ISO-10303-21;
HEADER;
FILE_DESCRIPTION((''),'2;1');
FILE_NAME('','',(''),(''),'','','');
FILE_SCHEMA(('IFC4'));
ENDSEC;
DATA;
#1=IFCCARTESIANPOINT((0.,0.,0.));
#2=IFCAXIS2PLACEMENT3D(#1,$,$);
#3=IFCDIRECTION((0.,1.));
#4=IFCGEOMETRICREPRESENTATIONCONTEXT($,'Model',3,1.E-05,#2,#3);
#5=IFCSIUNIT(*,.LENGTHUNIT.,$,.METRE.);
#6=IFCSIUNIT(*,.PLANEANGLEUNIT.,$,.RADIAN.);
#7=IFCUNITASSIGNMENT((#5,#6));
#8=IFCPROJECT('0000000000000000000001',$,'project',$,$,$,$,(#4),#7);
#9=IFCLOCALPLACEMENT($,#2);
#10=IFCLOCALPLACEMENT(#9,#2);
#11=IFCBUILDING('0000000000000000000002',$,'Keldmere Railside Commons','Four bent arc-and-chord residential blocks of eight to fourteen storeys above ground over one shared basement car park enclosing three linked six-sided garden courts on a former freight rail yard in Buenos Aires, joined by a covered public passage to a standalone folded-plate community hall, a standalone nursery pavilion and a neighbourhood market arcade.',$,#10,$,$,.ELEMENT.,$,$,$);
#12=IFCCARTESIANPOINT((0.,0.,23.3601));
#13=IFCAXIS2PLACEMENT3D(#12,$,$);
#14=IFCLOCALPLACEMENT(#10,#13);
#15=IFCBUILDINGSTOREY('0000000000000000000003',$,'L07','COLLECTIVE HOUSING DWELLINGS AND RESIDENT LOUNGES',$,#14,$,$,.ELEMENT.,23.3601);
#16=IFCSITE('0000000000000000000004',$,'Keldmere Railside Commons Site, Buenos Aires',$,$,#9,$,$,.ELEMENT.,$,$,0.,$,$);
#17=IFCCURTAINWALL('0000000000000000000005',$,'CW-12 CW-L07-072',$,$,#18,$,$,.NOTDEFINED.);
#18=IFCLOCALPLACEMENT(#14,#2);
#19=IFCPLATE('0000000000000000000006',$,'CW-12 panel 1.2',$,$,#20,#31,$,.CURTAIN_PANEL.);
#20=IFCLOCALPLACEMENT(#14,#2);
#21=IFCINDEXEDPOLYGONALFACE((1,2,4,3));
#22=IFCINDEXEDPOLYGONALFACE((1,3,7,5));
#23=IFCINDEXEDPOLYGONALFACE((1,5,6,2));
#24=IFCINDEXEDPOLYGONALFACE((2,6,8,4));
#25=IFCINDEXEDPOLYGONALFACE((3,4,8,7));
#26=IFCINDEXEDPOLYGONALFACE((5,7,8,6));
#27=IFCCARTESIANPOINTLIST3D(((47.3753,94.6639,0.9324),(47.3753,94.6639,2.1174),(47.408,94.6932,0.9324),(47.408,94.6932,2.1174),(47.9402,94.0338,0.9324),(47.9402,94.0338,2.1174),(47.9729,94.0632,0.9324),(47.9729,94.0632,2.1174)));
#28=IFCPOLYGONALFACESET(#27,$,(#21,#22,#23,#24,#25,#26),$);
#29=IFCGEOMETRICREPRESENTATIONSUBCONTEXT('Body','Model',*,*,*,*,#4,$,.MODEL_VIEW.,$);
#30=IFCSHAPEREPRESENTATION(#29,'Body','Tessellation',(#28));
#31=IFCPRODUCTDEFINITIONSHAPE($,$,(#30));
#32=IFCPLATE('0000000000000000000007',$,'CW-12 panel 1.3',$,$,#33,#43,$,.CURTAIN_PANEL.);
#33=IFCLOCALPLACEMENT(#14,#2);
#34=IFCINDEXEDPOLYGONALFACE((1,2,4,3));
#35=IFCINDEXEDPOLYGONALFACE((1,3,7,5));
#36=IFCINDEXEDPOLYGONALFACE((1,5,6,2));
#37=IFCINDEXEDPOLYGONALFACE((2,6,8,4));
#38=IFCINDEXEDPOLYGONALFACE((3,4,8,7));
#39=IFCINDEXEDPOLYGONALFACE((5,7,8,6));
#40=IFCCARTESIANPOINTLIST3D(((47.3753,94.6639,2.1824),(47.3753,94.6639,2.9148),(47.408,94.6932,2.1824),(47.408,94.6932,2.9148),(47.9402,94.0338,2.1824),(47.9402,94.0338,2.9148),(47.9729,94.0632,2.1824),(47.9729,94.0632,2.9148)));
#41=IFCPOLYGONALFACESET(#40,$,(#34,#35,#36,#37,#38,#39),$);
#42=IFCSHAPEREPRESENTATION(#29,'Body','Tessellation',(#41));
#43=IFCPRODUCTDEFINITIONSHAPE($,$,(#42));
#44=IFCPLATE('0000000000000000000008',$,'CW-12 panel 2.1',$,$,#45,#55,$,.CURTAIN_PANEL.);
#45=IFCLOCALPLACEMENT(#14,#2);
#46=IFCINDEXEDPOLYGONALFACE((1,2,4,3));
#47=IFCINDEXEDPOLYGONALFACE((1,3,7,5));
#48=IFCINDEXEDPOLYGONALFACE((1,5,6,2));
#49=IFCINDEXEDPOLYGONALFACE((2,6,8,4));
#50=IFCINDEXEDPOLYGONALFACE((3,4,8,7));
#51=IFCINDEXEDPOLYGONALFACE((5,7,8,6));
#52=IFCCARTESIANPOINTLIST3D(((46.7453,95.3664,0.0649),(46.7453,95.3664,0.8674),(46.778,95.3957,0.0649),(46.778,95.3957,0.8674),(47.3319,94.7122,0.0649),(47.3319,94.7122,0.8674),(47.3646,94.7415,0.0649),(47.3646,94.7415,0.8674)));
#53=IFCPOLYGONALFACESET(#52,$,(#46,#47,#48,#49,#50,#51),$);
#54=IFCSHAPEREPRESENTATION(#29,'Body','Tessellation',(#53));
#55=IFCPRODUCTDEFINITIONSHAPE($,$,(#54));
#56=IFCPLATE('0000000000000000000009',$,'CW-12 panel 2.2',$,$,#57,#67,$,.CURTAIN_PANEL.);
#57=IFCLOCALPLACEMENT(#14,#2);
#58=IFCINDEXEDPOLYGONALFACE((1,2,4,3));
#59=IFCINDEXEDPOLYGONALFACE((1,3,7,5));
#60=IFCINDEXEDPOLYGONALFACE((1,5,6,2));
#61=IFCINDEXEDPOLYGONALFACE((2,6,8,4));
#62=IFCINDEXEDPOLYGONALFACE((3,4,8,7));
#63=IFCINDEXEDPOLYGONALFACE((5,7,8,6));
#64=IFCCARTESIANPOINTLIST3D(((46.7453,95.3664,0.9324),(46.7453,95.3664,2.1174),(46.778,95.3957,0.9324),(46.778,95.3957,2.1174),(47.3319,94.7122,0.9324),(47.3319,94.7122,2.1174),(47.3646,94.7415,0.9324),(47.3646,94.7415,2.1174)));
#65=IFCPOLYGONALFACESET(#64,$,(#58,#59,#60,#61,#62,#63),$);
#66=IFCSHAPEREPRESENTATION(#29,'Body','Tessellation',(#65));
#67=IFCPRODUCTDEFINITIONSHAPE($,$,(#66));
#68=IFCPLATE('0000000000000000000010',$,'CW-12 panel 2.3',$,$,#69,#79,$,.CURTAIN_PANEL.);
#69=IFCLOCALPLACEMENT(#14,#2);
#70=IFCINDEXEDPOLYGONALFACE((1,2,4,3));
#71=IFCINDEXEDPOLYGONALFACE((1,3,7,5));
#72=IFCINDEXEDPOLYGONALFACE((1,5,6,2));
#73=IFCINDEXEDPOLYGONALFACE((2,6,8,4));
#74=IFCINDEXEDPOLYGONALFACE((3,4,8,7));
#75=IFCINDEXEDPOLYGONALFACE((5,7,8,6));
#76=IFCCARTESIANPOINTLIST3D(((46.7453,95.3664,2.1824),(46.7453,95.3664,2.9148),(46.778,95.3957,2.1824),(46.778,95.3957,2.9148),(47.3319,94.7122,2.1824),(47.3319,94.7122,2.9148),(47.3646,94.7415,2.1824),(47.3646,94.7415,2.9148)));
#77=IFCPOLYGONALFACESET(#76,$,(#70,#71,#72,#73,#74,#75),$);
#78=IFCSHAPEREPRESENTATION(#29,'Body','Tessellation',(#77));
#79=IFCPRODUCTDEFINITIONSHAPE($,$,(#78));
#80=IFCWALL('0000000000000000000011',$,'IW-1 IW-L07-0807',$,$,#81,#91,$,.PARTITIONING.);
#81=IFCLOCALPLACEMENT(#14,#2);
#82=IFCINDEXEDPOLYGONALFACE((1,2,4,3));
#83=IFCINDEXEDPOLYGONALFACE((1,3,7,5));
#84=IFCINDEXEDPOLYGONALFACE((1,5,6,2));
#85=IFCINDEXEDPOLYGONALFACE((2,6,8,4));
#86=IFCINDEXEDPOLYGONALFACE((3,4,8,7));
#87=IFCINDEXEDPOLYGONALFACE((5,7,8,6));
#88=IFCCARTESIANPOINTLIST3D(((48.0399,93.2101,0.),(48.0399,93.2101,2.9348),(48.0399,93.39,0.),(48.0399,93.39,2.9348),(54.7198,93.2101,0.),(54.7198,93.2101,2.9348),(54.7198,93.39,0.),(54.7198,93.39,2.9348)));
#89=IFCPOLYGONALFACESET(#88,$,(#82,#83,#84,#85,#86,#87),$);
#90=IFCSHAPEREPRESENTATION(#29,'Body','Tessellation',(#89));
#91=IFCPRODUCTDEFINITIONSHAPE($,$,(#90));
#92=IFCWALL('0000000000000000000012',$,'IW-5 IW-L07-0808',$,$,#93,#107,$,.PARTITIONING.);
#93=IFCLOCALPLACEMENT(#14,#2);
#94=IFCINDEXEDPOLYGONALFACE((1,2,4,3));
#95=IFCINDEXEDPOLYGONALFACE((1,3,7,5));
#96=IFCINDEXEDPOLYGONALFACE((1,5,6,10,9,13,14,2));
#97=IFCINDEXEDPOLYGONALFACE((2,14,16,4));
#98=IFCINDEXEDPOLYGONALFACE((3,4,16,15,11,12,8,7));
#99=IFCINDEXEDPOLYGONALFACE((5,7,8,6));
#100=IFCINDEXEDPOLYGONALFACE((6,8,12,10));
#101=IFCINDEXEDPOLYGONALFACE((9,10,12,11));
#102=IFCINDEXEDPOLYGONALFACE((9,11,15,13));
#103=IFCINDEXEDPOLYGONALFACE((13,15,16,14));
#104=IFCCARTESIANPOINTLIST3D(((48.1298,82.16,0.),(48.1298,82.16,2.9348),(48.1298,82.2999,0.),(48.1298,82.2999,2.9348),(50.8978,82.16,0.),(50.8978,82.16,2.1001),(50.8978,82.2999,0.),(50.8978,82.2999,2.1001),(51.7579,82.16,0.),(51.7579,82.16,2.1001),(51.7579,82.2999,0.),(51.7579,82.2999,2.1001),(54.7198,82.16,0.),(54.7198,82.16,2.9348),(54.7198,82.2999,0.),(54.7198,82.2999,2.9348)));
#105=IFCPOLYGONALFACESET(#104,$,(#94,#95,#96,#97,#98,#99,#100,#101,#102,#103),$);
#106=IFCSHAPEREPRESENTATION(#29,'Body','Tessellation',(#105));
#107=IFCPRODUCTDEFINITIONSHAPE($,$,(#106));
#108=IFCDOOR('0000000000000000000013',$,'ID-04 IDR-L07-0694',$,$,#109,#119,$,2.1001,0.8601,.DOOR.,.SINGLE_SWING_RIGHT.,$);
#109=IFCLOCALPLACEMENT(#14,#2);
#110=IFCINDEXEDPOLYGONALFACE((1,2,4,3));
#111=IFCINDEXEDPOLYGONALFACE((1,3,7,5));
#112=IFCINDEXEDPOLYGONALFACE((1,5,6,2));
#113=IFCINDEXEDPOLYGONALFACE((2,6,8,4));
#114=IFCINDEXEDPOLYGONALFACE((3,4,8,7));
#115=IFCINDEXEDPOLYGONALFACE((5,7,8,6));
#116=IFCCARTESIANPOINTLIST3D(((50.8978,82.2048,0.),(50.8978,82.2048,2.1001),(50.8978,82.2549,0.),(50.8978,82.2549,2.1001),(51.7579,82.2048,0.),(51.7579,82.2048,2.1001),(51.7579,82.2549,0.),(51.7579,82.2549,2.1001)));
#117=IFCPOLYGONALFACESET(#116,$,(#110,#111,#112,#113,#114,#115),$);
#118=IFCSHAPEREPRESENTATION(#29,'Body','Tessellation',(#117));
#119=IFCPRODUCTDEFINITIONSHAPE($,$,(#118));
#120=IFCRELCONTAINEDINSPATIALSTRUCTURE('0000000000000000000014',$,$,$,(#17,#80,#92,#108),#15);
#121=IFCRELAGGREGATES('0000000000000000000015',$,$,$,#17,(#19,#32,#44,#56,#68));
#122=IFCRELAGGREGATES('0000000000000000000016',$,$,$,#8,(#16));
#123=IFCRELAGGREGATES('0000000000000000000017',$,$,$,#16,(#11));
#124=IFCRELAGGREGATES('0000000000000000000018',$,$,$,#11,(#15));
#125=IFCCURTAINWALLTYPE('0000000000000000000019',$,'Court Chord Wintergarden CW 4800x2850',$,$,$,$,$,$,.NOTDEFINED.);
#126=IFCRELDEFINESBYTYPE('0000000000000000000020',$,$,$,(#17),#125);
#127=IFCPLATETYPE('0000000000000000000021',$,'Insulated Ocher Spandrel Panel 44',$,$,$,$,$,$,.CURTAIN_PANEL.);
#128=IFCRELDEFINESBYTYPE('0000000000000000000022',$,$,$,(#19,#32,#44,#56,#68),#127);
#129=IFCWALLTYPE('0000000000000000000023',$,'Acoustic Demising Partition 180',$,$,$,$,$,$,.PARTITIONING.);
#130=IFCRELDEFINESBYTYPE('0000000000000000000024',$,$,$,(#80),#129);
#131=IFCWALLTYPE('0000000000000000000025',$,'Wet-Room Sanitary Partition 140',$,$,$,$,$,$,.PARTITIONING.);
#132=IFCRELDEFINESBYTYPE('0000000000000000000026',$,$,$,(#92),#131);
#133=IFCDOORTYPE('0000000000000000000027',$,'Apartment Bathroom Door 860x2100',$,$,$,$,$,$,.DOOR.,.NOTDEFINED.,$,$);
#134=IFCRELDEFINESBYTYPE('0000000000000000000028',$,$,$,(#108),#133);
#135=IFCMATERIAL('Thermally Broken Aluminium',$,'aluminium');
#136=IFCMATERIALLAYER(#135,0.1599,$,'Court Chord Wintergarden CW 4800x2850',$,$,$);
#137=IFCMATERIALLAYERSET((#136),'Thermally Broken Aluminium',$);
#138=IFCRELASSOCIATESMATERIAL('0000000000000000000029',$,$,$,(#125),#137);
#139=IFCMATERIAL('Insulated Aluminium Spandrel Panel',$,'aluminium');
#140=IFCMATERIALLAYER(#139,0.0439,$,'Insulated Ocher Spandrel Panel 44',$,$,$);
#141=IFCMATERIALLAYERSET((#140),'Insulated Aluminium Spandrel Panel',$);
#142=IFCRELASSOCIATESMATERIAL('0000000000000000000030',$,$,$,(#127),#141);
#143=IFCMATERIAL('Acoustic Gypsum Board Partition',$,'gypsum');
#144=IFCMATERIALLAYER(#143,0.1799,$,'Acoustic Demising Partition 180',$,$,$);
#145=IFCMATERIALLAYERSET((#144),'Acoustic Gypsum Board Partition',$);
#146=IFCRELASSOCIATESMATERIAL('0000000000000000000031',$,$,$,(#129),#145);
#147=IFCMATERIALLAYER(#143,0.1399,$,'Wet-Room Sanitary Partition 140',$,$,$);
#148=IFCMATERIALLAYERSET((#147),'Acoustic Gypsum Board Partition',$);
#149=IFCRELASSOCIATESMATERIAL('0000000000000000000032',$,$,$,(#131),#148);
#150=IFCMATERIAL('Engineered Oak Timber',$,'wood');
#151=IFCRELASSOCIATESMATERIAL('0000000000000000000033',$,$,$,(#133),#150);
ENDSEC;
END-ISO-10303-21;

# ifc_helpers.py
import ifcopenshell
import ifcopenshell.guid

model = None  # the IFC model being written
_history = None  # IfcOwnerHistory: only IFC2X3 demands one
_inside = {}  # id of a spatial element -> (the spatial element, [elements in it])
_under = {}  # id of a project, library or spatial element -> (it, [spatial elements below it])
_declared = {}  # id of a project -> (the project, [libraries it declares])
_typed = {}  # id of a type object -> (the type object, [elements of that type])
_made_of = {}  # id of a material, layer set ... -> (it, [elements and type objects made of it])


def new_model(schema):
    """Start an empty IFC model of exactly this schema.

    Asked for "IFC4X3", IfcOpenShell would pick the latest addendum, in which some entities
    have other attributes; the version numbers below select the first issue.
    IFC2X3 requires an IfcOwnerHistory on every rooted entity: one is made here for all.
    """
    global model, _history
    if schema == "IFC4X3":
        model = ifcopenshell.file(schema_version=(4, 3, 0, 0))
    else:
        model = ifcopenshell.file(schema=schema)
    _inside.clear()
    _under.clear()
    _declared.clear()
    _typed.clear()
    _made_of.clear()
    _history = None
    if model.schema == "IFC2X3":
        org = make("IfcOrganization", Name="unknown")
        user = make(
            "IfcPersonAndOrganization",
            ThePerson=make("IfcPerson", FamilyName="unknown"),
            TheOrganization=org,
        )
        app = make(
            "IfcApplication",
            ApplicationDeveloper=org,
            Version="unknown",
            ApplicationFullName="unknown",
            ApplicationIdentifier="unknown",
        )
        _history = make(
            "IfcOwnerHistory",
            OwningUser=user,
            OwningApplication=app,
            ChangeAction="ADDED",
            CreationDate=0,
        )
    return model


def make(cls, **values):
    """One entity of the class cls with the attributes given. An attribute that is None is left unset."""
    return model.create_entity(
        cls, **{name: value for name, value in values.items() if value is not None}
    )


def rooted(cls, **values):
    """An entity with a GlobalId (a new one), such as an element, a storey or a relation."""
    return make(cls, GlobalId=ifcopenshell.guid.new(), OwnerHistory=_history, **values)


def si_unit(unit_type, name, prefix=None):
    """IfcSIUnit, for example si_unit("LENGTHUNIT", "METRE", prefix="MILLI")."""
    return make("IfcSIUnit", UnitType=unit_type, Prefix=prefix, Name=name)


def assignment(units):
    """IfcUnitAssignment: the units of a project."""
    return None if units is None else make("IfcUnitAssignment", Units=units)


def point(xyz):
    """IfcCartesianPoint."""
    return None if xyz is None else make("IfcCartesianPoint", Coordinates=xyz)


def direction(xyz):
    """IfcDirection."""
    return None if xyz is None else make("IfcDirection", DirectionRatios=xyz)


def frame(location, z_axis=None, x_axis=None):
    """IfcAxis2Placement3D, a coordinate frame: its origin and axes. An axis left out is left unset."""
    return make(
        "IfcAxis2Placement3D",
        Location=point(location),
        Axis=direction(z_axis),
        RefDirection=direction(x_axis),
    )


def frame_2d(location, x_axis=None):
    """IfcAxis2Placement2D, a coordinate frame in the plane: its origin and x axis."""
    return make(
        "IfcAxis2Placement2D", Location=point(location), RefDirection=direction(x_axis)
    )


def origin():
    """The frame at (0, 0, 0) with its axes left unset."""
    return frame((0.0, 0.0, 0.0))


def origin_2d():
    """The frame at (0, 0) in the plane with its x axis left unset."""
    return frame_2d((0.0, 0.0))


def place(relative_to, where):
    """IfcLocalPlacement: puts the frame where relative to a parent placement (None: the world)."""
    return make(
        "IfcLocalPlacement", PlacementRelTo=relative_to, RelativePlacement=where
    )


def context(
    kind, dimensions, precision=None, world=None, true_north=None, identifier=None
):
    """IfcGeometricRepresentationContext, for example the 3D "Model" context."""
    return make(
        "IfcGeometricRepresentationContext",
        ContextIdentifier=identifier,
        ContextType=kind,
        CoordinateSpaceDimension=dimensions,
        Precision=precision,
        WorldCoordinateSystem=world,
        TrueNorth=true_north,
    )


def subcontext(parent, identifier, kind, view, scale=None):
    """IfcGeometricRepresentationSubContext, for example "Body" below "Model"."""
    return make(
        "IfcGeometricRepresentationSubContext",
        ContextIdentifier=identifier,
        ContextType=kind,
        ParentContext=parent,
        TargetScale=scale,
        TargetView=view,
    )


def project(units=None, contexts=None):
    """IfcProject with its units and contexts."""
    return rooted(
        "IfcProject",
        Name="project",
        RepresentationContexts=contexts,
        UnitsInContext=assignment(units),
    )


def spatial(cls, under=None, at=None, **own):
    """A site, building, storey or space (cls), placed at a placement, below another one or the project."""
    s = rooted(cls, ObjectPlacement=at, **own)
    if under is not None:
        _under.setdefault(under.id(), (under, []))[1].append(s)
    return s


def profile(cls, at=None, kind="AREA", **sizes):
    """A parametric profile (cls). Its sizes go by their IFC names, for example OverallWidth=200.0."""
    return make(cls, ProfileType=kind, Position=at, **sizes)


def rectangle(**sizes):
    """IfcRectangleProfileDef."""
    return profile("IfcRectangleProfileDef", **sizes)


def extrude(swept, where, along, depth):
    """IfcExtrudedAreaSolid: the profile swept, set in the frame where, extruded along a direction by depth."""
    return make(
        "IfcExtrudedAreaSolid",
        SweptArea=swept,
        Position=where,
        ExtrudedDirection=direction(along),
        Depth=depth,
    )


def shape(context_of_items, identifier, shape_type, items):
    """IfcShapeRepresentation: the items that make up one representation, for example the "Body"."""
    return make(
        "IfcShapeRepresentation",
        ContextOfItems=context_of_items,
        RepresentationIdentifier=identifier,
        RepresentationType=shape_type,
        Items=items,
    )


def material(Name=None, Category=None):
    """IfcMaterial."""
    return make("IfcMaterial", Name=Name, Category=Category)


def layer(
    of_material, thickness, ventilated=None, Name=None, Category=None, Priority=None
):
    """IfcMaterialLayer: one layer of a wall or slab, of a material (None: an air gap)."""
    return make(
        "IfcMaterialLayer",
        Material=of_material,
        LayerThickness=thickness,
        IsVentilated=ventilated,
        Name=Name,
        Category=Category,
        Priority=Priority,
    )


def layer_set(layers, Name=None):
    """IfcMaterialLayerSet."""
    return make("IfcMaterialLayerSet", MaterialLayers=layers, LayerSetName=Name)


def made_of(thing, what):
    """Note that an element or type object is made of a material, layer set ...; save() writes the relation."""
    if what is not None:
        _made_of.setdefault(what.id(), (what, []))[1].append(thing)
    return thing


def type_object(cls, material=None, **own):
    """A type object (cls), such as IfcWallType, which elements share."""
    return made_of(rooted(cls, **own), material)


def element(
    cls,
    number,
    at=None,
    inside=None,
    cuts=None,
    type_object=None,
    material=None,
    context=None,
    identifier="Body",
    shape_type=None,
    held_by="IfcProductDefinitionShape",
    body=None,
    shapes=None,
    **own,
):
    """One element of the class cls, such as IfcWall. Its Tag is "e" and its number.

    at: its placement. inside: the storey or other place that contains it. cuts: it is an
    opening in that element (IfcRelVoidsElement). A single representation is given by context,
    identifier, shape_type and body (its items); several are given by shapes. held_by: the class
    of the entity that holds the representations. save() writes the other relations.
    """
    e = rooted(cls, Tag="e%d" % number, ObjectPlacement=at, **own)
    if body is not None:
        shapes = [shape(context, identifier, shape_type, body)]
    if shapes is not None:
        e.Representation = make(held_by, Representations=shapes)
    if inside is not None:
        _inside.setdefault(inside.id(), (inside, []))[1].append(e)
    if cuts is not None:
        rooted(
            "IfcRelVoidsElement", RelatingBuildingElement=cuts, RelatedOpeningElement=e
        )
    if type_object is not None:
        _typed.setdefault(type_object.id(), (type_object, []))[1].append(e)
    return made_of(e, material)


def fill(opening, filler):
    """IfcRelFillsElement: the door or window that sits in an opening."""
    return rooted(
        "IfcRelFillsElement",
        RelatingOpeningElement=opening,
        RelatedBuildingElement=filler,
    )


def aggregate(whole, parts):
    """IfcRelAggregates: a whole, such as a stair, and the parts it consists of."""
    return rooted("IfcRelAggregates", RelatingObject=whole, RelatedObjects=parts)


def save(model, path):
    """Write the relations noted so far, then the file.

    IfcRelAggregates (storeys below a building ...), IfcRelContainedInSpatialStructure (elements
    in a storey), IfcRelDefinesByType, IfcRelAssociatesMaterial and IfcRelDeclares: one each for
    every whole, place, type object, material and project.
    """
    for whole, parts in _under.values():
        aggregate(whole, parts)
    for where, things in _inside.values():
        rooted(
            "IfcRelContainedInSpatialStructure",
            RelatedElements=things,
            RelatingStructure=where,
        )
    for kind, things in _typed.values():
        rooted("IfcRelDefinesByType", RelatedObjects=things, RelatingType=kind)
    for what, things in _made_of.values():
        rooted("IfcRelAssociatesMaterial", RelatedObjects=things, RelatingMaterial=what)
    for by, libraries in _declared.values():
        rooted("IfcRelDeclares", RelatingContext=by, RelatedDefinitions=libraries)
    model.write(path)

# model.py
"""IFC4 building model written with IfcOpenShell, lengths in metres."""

from ifc_helpers import new_model, si_unit, direction, frame, frame_2d, origin, origin_2d, place, context, subcontext, project, spatial, rectangle, extrude, material, layer, layer_set, type_object, element, fill, aggregate, save


model = new_model("IFC4")

# Units and contexts
model_context = context("Model", 3, precision=1e-05, world=origin(), true_north=direction((0.0, 1.0)))
body_context = subcontext(model_context, "Body", "Model", "MODEL_VIEW")
ifc_project = project(units=[si_unit("LENGTHUNIT", "METRE"), si_unit("PLANEANGLEUNIT", "RADIAN")], contexts=[model_context])

# Site, building, storey
site_placement = place(None, origin())
site = spatial("IfcSite", under=ifc_project, at=site_placement, Name="Keldmere Railside Commons Site, Buenos Aires", CompositionType="ELEMENT", RefElevation=0.0)
building_placement = place(site_placement, origin())
building = spatial("IfcBuilding", under=site, at=building_placement, Name="Keldmere Railside Commons", Description="Four bent arc-and-chord residential blocks of eight to fourteen storeys above ground over one shared basement car park enclosing three linked six-sided garden courts on a former freight rail yard in Buenos Aires, joined by a covered public passage to a standalone folded-plate community hall, a standalone nursery pavilion and a neighbourhood market arcade.", CompositionType="ELEMENT")
storey_placement = place(building_placement, frame((0.0, 0.0, 23.3601)))
storey = spatial("IfcBuildingStorey", under=building, at=storey_placement, Name="L07", Description="COLLECTIVE HOUSING DWELLINGS AND RESIDENT LOUNGES", CompositionType="ELEMENT", Elevation=23.3601)

# Curtain wall, plates
ifc_material_1 = material(Name="Thermally Broken Aluminium", Category="aluminium")
ifc_layer_1 = layer(ifc_material_1, 0.1599, Name="Court Chord Wintergarden CW 4800x2850")
ifc_layer_set_1 = layer_set([ifc_layer_1], Name="Thermally Broken Aluminium")
curtain_wall_type = type_object("IfcCurtainWallType", Name="Court Chord Wintergarden CW 4800x2850", PredefinedType="NOTDEFINED", material=ifc_layer_set_1)
curtain_wall_placement = place(storey_placement, origin())
curtain_wall = element("IfcCurtainWall", 1, at=curtain_wall_placement, inside=storey, type_object=curtain_wall_type, Name="CW-12 CW-L07-072", PredefinedType="NOTDEFINED")
ifc_material_2 = material(Name="Insulated Aluminium Spandrel Panel", Category="aluminium")
ifc_layer_2 = layer(ifc_material_2, 0.0439, Name="Insulated Ocher Spandrel Panel 44")
ifc_layer_set_2 = layer_set([ifc_layer_2], Name="Insulated Aluminium Spandrel Panel")
plate_type = type_object("IfcPlateType", Name="Insulated Ocher Spandrel Panel 44", PredefinedType="CURTAIN_PANEL", material=ifc_layer_set_2)
plate_1_placement = place(storey_placement, frame((47.6741, 94.3635, 0.9324), z_axis=(0.0, 0.0, 1.0), x_axis=(-0.667559, 0.744557, 0.0)))
plate_1 = element("IfcPlate", 2, at=plate_1_placement, type_object=plate_type, Name="CW-12 panel 1.2", PredefinedType="CURTAIN_PANEL", context=body_context, shape_type="SweptSolid", body=[
    extrude(rectangle(XDim=0.8462, YDim=0.0439, at=origin_2d()), origin(), (0.0, 0.0, 1.0), 1.1851),
])
plate_2_placement = place(storey_placement, frame((47.6741, 94.3635, 2.1824), z_axis=(0.0, 0.0, 1.0), x_axis=(-0.667559, 0.744557, 0.0)))
plate_2 = element("IfcPlate", 3, at=plate_2_placement, type_object=plate_type, Name="CW-12 panel 1.3", PredefinedType="CURTAIN_PANEL", context=body_context, shape_type="SweptSolid", body=[
    extrude(rectangle(XDim=0.8462, YDim=0.0439, at=origin_2d()), origin(), (0.0, 0.0, 1.0), 0.7324),
])
plate_3_placement = place(storey_placement, frame((47.0549, 95.054, 0.0649), z_axis=(0.0, 0.0, 1.0), x_axis=(-0.667559, 0.744557, 0.0)))
plate_3 = element("IfcPlate", 4, at=plate_3_placement, type_object=plate_type, Name="CW-12 panel 2.1", PredefinedType="CURTAIN_PANEL", context=body_context, shape_type="SweptSolid", body=[
    extrude(rectangle(XDim=0.8787, YDim=0.0439, at=origin_2d()), origin(), (0.0, 0.0, 1.0), 0.8025),
])
plate_4_placement = place(storey_placement, frame((47.0549, 95.054, 0.9324), z_axis=(0.0, 0.0, 1.0), x_axis=(-0.667559, 0.744557, 0.0)))
plate_4 = element("IfcPlate", 5, at=plate_4_placement, type_object=plate_type, Name="CW-12 panel 2.2", PredefinedType="CURTAIN_PANEL", context=body_context, shape_type="SweptSolid", body=[
    extrude(rectangle(XDim=0.8787, YDim=0.0439, at=origin_2d()), origin(), (0.0, 0.0, 1.0), 1.1851),
])
plate_5_placement = place(storey_placement, frame((47.0549, 95.054, 2.1824), z_axis=(0.0, 0.0, 1.0), x_axis=(-0.667559, 0.744557, 0.0)))
plate_5 = element("IfcPlate", 6, at=plate_5_placement, type_object=plate_type, Name="CW-12 panel 2.3", PredefinedType="CURTAIN_PANEL", context=body_context, shape_type="SweptSolid", body=[
    extrude(rectangle(XDim=0.8787, YDim=0.0439, at=origin_2d()), origin(), (0.0, 0.0, 1.0), 0.7324),
])
aggregate(curtain_wall, [plate_1, plate_2, plate_3, plate_4, plate_5])

# Wall
ifc_material_3 = material(Name="Acoustic Gypsum Board Partition", Category="gypsum")
ifc_layer_3 = layer(ifc_material_3, 0.1799, Name="Acoustic Demising Partition 180")
ifc_layer_set_3 = layer_set([ifc_layer_3], Name="Acoustic Gypsum Board Partition")
wall_type_1 = type_object("IfcWallType", Name="Acoustic Demising Partition 180", PredefinedType="PARTITIONING", material=ifc_layer_set_3)
wall_1_placement = place(storey_placement, frame((48.04, 93.3, 0.0), z_axis=(0.0, 0.0, 1.0), x_axis=(1.0, 0.0, 0.0)))
element("IfcWall", 7, at=wall_1_placement, inside=storey, type_object=wall_type_1, Name="IW-1 IW-L07-0807", PredefinedType="PARTITIONING", context=body_context, shape_type="SweptSolid", body=[
    extrude(rectangle(XDim=6.6799, YDim=0.1799, at=frame_2d((3.3398, 0.0))), origin(), (0.0, 0.0, 1.0), 2.9348),
])

# Wall, opening, door
ifc_layer_4 = layer(ifc_material_3, 0.1399, Name="Wet-Room Sanitary Partition 140")
ifc_layer_set_4 = layer_set([ifc_layer_4], Name="Acoustic Gypsum Board Partition")
wall_type_2 = type_object("IfcWallType", Name="Wet-Room Sanitary Partition 140", PredefinedType="PARTITIONING", material=ifc_layer_set_4)
wall_2_placement = place(storey_placement, frame((48.1299, 82.23, 0.0), z_axis=(0.0, 0.0, 1.0), x_axis=(1.0, 0.0, 0.0)))
wall_2 = element("IfcWall", 8, at=wall_2_placement, inside=storey, type_object=wall_type_2, Name="IW-5 IW-L07-0808", PredefinedType="PARTITIONING", context=body_context, shape_type="SweptSolid", body=[
    extrude(rectangle(XDim=6.5901, YDim=0.1399, at=frame_2d((3.2949, 0.0))), origin(), (0.0, 0.0, 1.0), 2.9348),
])
opening_placement = place(wall_2_placement, frame((2.7678, 0.0, 0.0)))
opening = element("IfcOpeningElement", 9, at=opening_placement, cuts=wall_2, PredefinedType="OPENING", context=body_context, shape_type="SweptSolid", body=[
    extrude(rectangle(XDim=0.8601, YDim=2.1001, at=frame_2d((0.4302, 1.05))), frame((0.0, 0.0798, 0.0), z_axis=(0.0, -1.0, 0.0), x_axis=(1.0, 0.0, 0.0)), (0.0, 0.0, 1.0), 0.1599),
])
ifc_material_4 = material(Name="Engineered Oak Timber", Category="wood")
door_type = type_object("IfcDoorType", Name="Apartment Bathroom Door 860x2100", OperationType="NOTDEFINED", PredefinedType="DOOR", material=ifc_material_4)
door_placement = place(opening_placement, origin())
door = element("IfcDoor", 10, at=door_placement, inside=storey, type_object=door_type, Name="ID-04 IDR-L07-0694", OperationType="SINGLE_SWING_RIGHT", OverallHeight=2.1001, OverallWidth=0.8601, PredefinedType="DOOR", context=body_context, shape_type="SweptSolid", body=[
    extrude(rectangle(XDim=0.8601, YDim=2.1001, at=frame_2d((0.4302, 1.05))), frame((0.0, 0.0249, 0.0), z_axis=(0.0, -1.0, 0.0), x_axis=(1.0, 0.0, 0.0)), (0.0, 0.0, 1.0), 0.05),
])
fill(opening, door)

save(model, "model.ifc")
